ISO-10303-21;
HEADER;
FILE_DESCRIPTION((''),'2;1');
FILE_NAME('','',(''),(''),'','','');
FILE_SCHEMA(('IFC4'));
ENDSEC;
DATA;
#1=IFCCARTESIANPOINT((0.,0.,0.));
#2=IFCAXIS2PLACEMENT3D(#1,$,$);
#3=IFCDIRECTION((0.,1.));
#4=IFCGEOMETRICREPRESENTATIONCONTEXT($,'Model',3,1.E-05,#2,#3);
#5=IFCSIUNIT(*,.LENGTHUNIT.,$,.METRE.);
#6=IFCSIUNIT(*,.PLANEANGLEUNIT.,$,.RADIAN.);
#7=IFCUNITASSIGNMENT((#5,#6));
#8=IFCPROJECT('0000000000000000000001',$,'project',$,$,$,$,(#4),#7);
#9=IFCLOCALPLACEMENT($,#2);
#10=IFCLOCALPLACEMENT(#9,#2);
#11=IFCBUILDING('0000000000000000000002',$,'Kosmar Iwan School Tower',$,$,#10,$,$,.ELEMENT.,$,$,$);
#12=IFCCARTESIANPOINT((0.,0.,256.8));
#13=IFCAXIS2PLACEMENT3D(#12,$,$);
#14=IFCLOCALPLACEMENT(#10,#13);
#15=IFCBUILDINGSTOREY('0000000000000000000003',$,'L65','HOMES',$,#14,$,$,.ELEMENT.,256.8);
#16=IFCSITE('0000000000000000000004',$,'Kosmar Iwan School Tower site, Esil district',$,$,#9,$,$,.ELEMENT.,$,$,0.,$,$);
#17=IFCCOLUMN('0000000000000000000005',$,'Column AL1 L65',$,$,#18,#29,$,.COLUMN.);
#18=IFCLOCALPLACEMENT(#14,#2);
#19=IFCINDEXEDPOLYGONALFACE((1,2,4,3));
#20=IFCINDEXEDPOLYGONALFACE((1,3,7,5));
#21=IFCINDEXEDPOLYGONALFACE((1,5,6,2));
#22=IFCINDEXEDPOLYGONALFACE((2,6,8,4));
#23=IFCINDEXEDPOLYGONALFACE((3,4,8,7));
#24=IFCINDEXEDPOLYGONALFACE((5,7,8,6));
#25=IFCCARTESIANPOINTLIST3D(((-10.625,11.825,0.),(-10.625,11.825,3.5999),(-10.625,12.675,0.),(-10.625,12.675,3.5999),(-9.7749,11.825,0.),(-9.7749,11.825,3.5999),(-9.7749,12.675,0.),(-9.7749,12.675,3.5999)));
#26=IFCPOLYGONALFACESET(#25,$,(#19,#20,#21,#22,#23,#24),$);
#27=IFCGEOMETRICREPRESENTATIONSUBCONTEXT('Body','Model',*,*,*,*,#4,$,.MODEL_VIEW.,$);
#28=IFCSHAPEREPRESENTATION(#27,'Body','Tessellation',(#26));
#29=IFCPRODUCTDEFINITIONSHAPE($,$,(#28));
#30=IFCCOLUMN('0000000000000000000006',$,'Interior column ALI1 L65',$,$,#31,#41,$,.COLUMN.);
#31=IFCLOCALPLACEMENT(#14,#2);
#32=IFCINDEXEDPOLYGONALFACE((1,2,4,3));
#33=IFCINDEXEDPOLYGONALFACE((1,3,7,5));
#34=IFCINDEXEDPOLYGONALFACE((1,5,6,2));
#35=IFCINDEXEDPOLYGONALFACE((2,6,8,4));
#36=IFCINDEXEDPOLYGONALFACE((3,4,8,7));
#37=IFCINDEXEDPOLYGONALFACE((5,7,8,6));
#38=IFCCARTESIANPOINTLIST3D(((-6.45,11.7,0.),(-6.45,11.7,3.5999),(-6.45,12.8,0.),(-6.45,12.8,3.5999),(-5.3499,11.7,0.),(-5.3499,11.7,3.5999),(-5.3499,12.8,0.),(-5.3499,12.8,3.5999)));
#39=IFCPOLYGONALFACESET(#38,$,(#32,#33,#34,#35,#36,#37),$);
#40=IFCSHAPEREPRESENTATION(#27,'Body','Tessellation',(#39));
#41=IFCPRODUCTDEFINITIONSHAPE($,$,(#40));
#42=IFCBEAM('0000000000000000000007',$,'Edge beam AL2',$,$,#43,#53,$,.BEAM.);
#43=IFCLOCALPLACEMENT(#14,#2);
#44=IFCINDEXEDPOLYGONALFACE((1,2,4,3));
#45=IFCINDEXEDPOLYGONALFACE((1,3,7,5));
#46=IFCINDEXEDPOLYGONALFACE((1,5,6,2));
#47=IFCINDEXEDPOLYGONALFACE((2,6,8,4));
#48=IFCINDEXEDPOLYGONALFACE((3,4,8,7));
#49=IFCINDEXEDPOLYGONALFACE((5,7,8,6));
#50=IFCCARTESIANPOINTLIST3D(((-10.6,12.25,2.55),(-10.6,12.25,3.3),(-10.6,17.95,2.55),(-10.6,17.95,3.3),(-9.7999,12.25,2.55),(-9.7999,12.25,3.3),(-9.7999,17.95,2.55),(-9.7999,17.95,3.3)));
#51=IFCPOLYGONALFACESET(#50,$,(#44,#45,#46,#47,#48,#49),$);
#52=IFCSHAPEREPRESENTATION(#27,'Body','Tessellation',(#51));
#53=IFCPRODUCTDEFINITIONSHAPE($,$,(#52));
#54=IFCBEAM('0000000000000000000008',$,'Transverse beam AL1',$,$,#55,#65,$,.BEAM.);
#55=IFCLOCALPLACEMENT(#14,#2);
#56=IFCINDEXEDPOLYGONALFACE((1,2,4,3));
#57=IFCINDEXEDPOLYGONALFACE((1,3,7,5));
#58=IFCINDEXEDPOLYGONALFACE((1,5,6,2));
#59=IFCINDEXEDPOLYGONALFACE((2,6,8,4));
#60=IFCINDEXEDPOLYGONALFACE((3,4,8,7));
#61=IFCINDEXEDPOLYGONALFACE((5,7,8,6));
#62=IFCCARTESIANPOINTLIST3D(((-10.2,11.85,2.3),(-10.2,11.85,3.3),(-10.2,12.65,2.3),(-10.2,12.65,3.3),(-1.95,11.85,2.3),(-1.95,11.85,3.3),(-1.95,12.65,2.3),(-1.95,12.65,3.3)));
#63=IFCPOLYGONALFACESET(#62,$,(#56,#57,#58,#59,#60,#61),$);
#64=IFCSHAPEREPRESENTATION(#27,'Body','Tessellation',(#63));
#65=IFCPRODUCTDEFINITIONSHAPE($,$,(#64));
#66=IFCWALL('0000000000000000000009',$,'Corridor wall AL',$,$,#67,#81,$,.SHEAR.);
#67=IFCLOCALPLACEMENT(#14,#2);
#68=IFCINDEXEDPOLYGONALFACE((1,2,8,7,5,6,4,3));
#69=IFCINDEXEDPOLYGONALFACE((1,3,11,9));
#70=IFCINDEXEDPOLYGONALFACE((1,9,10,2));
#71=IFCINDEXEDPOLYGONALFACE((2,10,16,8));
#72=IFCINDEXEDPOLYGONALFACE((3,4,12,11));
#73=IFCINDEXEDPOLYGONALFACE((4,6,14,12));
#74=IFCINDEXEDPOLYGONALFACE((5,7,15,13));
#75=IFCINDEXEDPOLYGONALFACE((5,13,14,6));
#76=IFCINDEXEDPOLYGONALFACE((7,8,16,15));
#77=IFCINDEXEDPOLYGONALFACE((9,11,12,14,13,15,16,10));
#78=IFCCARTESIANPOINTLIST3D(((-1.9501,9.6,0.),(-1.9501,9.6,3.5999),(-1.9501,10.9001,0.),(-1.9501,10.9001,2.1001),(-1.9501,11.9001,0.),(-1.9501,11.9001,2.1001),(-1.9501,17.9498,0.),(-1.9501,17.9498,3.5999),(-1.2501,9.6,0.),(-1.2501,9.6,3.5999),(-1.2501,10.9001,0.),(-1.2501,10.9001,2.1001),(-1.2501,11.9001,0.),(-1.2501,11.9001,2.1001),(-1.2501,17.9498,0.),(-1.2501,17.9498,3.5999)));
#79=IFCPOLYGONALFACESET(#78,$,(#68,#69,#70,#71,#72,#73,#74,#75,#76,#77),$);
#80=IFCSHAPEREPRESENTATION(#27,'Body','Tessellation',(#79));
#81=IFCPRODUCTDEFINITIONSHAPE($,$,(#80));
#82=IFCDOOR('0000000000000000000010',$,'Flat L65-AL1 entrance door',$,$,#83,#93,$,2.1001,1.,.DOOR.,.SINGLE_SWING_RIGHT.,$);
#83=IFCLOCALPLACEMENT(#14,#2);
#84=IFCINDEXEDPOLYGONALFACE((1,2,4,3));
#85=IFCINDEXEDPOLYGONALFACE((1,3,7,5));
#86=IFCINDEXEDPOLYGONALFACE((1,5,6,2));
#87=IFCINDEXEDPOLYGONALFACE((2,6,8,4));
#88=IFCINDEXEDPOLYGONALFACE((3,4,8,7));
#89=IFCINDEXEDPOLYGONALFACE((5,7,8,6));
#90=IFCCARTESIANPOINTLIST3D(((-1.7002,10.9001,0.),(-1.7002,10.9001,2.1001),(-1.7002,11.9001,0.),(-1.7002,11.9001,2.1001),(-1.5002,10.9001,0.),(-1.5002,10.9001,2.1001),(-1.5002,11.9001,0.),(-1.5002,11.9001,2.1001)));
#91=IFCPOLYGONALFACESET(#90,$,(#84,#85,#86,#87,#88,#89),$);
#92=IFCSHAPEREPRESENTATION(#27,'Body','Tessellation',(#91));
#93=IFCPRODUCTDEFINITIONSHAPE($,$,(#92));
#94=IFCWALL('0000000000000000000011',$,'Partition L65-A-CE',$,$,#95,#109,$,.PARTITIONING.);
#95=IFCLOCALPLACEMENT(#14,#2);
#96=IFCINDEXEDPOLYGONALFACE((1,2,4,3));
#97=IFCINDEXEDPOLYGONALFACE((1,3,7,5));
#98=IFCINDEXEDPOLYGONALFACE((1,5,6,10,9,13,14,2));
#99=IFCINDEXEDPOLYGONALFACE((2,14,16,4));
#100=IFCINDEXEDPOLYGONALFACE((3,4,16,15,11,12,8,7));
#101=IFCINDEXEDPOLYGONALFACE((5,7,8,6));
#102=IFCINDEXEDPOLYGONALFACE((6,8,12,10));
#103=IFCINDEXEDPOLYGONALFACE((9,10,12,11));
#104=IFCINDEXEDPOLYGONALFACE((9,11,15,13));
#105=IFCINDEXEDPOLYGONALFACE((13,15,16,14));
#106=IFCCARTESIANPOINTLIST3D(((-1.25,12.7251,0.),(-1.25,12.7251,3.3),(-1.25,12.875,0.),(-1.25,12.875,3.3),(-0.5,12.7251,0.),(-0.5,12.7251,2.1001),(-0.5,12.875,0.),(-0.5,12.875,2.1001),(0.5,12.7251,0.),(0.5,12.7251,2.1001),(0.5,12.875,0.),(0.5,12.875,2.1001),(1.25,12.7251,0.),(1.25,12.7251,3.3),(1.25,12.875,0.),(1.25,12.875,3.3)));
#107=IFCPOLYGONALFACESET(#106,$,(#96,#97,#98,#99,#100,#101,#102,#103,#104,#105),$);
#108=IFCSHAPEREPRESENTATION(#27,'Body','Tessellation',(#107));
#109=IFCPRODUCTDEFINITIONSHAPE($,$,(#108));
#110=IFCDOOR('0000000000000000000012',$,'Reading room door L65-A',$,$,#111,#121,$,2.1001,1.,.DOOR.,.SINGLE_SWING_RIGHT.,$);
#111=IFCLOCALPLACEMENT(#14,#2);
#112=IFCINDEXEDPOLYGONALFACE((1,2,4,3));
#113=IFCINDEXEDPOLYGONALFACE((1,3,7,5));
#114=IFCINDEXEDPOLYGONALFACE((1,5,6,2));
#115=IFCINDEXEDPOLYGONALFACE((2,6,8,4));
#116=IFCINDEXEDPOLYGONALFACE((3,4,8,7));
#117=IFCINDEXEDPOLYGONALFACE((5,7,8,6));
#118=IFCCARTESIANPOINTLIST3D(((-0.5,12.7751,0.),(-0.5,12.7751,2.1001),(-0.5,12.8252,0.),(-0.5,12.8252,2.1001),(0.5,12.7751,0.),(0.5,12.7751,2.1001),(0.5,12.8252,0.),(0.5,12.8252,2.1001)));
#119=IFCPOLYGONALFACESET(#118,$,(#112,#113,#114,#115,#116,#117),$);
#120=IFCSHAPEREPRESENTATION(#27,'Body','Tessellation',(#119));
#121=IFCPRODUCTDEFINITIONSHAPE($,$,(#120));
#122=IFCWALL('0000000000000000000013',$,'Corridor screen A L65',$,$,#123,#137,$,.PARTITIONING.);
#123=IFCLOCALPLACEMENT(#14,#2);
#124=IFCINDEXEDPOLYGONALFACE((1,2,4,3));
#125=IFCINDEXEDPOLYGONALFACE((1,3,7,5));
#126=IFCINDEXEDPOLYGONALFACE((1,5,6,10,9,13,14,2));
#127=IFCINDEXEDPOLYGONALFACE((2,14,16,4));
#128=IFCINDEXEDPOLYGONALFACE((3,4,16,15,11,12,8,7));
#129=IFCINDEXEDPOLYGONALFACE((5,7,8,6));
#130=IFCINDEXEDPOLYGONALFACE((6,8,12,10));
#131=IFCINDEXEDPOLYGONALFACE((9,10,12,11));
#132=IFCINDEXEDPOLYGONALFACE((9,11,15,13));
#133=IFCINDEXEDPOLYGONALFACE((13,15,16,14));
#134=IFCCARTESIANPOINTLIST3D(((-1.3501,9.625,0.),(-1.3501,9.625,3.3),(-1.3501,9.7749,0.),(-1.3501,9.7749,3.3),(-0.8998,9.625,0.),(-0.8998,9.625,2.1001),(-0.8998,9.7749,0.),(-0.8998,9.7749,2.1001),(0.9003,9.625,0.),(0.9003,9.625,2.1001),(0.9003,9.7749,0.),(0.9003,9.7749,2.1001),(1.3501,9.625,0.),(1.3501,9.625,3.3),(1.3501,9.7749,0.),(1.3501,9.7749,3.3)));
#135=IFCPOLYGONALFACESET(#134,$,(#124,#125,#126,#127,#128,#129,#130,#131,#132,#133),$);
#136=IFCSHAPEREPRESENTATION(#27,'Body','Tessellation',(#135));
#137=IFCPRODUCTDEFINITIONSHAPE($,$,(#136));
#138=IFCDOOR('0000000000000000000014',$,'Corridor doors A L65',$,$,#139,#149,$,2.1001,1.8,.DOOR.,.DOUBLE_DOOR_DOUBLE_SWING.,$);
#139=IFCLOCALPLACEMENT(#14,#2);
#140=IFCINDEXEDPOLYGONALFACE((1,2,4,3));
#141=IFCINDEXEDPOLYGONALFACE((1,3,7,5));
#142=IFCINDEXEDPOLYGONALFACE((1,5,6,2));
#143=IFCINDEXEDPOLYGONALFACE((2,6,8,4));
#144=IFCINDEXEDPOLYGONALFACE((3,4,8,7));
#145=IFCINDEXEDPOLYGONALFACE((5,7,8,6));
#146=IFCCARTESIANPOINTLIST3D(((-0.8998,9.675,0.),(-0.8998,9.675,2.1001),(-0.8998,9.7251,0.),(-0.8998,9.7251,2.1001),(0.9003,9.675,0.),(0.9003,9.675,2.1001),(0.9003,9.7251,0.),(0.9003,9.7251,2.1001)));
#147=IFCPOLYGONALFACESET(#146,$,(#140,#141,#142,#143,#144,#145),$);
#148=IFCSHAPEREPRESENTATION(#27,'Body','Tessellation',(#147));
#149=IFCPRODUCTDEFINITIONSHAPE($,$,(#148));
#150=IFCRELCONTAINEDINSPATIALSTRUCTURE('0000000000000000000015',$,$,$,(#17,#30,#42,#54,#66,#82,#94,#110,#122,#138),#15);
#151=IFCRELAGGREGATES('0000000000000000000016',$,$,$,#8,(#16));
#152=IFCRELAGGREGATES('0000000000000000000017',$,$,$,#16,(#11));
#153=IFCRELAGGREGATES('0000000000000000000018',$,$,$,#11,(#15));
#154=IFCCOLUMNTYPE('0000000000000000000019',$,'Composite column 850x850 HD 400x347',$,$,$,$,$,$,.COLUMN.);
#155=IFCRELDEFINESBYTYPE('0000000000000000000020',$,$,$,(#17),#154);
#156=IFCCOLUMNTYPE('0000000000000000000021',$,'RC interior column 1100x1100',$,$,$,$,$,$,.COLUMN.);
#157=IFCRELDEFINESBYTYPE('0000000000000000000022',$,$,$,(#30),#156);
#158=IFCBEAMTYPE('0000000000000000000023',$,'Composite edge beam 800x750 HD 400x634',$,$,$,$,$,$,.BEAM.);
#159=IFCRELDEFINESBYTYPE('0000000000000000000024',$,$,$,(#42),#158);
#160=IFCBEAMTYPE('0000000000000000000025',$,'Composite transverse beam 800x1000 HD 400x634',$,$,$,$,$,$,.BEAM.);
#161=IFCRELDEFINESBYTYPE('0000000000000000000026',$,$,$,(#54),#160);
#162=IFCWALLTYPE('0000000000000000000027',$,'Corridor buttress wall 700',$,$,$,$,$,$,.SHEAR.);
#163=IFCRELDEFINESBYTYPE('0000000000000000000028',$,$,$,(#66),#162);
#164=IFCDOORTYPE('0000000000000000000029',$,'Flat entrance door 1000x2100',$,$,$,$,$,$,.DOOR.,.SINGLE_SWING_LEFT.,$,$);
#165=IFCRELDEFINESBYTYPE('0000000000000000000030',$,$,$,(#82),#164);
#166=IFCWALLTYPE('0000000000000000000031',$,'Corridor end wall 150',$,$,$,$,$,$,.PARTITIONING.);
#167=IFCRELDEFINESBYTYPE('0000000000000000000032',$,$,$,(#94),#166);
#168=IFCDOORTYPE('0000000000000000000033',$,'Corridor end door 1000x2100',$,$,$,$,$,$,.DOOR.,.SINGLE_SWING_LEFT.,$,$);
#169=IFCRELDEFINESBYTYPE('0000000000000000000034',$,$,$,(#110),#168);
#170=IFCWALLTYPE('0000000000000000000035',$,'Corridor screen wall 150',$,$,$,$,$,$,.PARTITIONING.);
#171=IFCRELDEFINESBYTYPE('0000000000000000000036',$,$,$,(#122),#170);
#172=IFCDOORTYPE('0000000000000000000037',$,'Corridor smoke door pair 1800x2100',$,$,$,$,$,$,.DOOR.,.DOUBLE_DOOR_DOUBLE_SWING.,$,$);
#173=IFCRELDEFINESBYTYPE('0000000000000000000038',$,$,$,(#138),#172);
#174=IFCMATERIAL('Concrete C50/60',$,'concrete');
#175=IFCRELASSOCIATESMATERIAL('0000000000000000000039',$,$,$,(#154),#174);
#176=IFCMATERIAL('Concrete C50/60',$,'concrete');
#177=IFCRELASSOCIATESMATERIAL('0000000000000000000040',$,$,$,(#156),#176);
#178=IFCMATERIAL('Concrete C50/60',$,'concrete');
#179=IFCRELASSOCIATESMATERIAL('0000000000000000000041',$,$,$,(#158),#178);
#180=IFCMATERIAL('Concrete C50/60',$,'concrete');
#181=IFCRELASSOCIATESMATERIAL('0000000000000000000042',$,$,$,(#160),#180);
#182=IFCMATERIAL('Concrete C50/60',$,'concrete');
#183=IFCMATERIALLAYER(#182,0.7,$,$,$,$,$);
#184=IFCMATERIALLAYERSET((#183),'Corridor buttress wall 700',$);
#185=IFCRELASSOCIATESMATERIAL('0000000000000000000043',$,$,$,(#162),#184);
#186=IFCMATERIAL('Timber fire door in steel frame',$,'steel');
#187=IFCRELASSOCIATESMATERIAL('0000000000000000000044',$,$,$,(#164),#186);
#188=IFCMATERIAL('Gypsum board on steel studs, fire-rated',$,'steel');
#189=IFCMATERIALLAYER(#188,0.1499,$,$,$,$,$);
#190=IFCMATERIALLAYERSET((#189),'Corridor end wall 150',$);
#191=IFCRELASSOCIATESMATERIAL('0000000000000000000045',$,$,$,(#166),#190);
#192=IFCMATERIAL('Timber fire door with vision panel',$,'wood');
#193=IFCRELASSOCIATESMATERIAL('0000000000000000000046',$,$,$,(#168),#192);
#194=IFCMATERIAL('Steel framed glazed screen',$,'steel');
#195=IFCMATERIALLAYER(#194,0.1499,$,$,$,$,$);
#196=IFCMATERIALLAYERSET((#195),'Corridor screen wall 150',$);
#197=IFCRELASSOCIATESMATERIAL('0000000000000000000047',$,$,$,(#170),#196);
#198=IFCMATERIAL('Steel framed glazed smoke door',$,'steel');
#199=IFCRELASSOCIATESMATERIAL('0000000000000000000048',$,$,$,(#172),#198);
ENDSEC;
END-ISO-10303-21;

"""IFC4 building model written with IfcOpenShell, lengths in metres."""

from ifc_helpers import new_model, si_unit, direction, frame, frame_2d, origin, origin_2d, place, context, subcontext, project, spatial, rectangle, extrude, material, layer, layer_set, material_profile, profile_set, type_object, element, fill, save


model = new_model("IFC4")

# Units and contexts
model_context = context("Model", 3, precision=1e-05, world=origin(), true_north=direction((0.0, 1.0)))
body_context = subcontext(model_context, "Body", "Model", "MODEL_VIEW")
ifc_project = project(units=[si_unit("LENGTHUNIT", "METRE"), si_unit("PLANEANGLEUNIT", "RADIAN")], contexts=[model_context])

# Site, building, storey
site_placement = place(None, origin())
site = spatial("IfcSite", under=ifc_project, at=site_placement, Name="Kosmar Iwan School Tower site, Esil district", CompositionType="ELEMENT", RefElevation=0.0)
building_placement = place(site_placement, origin())
building = spatial("IfcBuilding", under=site, at=building_placement, Name="Kosmar Iwan School Tower", CompositionType="ELEMENT")
storey_placement = place(building_placement, frame((0.0, 0.0, 256.8)))
storey = spatial("IfcBuildingStorey", under=building, at=storey_placement, Name="L65", Description="HOMES", CompositionType="ELEMENT", Elevation=256.8)

# Columns
ifc_material_1 = material(Name="Concrete C50/60", Category="concrete")
ifc_material_profile_1 = material_profile(ifc_material_1, rectangle(XDim=0.8501, YDim=0.8501, at=origin_2d()), Name="RC 850x850 + HD 400x347")
ifc_profile_set_1 = profile_set([ifc_material_profile_1], Name="Concrete C50/60")
column_type_1 = type_object("IfcColumnType", Name="Composite column 850x850 HD 400x347", PredefinedType="COLUMN", material=ifc_profile_set_1)
column_1_placement = place(storey_placement, frame((-10.2, 12.25, 0.0), z_axis=(0.0, 0.0, 1.0), x_axis=(0.0, 1.0, 0.0)))
element("IfcColumn", 1, at=column_1_placement, inside=storey, type_object=column_type_1, Name="Column AL1 L65", PredefinedType="COLUMN", context=body_context, shape_type="SweptSolid", body=[
    extrude(rectangle(XDim=0.8501, YDim=0.8501, at=origin_2d()), origin(), (0.0, 0.0, 1.0), 3.5999),
])
ifc_material_2 = material(Name="Concrete C50/60", Category="concrete")
ifc_material_profile_2 = material_profile(ifc_material_2, rectangle(XDim=1.1001, YDim=1.1001, at=origin_2d()), Name="RC 1100x1100")
ifc_profile_set_2 = profile_set([ifc_material_profile_2], Name="Concrete C50/60")
column_type_2 = type_object("IfcColumnType", Name="RC interior column 1100x1100", PredefinedType="COLUMN", material=ifc_profile_set_2)
column_2_placement = place(storey_placement, frame((-5.8999, 12.25, 0.0), z_axis=(0.0, 0.0, 1.0), x_axis=(0.0, 1.0, 0.0)))
element("IfcColumn", 2, at=column_2_placement, inside=storey, type_object=column_type_2, Name="Interior column ALI1 L65", PredefinedType="COLUMN", context=body_context, shape_type="SweptSolid", body=[
    extrude(rectangle(XDim=1.1001, YDim=1.1001, at=origin_2d()), origin(), (0.0, 0.0, 1.0), 3.5999),
])

# Beams
ifc_material_3 = material(Name="Concrete C50/60", Category="concrete")
ifc_material_profile_3 = material_profile(ifc_material_3, rectangle(XDim=0.8, YDim=0.75, at=origin_2d()), Name="RC 800x750 + HD 400x634")
ifc_profile_set_3 = profile_set([ifc_material_profile_3], Name="Concrete C50/60")
beam_type_1 = type_object("IfcBeamType", Name="Composite edge beam 800x750 HD 400x634", PredefinedType="BEAM", material=ifc_profile_set_3)
beam_1_placement = place(storey_placement, frame((-10.2, 12.25, 2.925), z_axis=(0.0, 1.0, 0.0), x_axis=(-1.0, 0.0, 0.0)))
element("IfcBeam", 3, at=beam_1_placement, inside=storey, type_object=beam_type_1, Name="Edge beam AL2", PredefinedType="BEAM", context=body_context, shape_type="SweptSolid", body=[
    extrude(rectangle(XDim=0.8, YDim=0.75, at=origin_2d()), origin(), (0.0, 0.0, 1.0), 5.7),
])
ifc_material_4 = material(Name="Concrete C50/60", Category="concrete")
ifc_material_profile_4 = material_profile(ifc_material_4, rectangle(XDim=0.8, YDim=1.0, at=origin_2d()), Name="RC 800x1000 + HD 400x634")
ifc_profile_set_4 = profile_set([ifc_material_profile_4], Name="Concrete C50/60")
beam_type_2 = type_object("IfcBeamType", Name="Composite transverse beam 800x1000 HD 400x634", PredefinedType="BEAM", material=ifc_profile_set_4)
beam_2_placement = place(storey_placement, frame((-10.2, 12.25, 2.8), z_axis=(1.0, 0.0, 0.0), x_axis=(0.0, 1.0, 0.0)))
element("IfcBeam", 4, at=beam_2_placement, inside=storey, type_object=beam_type_2, Name="Transverse beam AL1", PredefinedType="BEAM", context=body_context, shape_type="SweptSolid", body=[
    extrude(rectangle(XDim=0.8, YDim=1.0, at=origin_2d()), origin(), (0.0, 0.0, 1.0), 8.25),
])

# Walls, openings, doors
ifc_material_5 = material(Name="Concrete C50/60", Category="concrete")
ifc_layer_1 = layer(ifc_material_5, 0.7)
ifc_layer_set_1 = layer_set([ifc_layer_1], Name="Corridor buttress wall 700")
wall_type_1 = type_object("IfcWallType", Name="Corridor buttress wall 700", PredefinedType="SHEAR", material=ifc_layer_set_1)
wall_1_placement = place(storey_placement, frame((-1.6001, 9.6001, 0.0), z_axis=(0.0, 0.0, 1.0), x_axis=(0.0, 1.0, 0.0)))
wall_1 = element("IfcWall", 5, at=wall_1_placement, inside=storey, type_object=wall_type_1, Name="Corridor wall AL", PredefinedType="SHEAR", context=body_context, shape_type="SweptSolid", body=[
    extrude(rectangle(XDim=8.3499, YDim=0.7, at=frame_2d((4.1748, 0.0))), origin(), (0.0, 0.0, 1.0), 3.5999),
])
opening_1_placement = place(wall_1_placement, frame((1.3, 0.0, 0.0)))
opening_1 = element("IfcOpeningElement", 6, at=opening_1_placement, cuts=wall_1, PredefinedType="OPENING", context=body_context, shape_type="SweptSolid", body=[
    extrude(rectangle(XDim=1.0, YDim=2.1001, at=frame_2d((0.5, 1.05))), frame((0.0, 0.3621, 0.0), z_axis=(0.0, -1.0, 0.0), x_axis=(1.0, 0.0, 0.0)), (0.0, 0.0, 1.0), 0.7239),
])
ifc_material_6 = material(Name="Timber fire door in steel frame", Category="steel")
door_type_1 = type_object("IfcDoorType", Name="Flat entrance door 1000x2100", OperationType="SINGLE_SWING_LEFT", PredefinedType="DOOR", material=ifc_material_6)
door_1_placement = place(opening_1_placement, origin())
door_1 = element("IfcDoor", 7, at=door_1_placement, inside=storey, type_object=door_type_1, Name="Flat L65-AL1 entrance door", OperationType="SINGLE_SWING_RIGHT", OverallHeight=2.1001, OverallWidth=1.0, PredefinedType="DOOR", context=body_context, shape_type="SweptSolid", body=[
    extrude(rectangle(XDim=1.0, YDim=2.1001, at=frame_2d((0.5, 1.05))), frame((0.0, 0.1001, 0.0), z_axis=(0.0, -1.0, 0.0), x_axis=(1.0, 0.0, 0.0)), (0.0, 0.0, 1.0), 0.2),
])
fill(opening_1, door_1)
ifc_material_7 = material(Name="Gypsum board on steel studs, fire-rated", Category="steel")
ifc_layer_2 = layer(ifc_material_7, 0.1499)
ifc_layer_set_2 = layer_set([ifc_layer_2], Name="Corridor end wall 150")
wall_type_2 = type_object("IfcWallType", Name="Corridor end wall 150", PredefinedType="PARTITIONING", material=ifc_layer_set_2)
wall_2_placement = place(storey_placement, frame((1.25, 12.8, 0.0), z_axis=(0.0, 0.0, 1.0), x_axis=(-1.0, 0.0, 0.0)))
wall_2 = element("IfcWall", 8, at=wall_2_placement, inside=storey, type_object=wall_type_2, Name="Partition L65-A-CE", PredefinedType="PARTITIONING", context=body_context, shape_type="SweptSolid", body=[
    extrude(rectangle(XDim=2.5, YDim=0.1499, at=frame_2d((1.25, 0.0))), origin(), (0.0, 0.0, 1.0), 3.3),
])
opening_2_placement = place(wall_2_placement, frame((0.75, 0.0, 0.0)))
opening_2 = element("IfcOpeningElement", 9, at=opening_2_placement, cuts=wall_2, PredefinedType="OPENING", context=body_context, shape_type="SweptSolid", body=[
    extrude(rectangle(XDim=1.0, YDim=2.1001, at=frame_2d((0.5, 1.05))), frame((0.0, 0.0869, 0.0), z_axis=(0.0, -1.0, 0.0), x_axis=(1.0, 0.0, 0.0)), (0.0, 0.0, 1.0), 0.1738),
])
ifc_material_8 = material(Name="Timber fire door with vision panel", Category="wood")
door_type_2 = type_object("IfcDoorType", Name="Corridor end door 1000x2100", OperationType="SINGLE_SWING_LEFT", PredefinedType="DOOR", material=ifc_material_8)
door_2_placement = place(opening_2_placement, origin())
door_2 = element("IfcDoor", 10, at=door_2_placement, inside=storey, type_object=door_type_2, Name="Reading room door L65-A", OperationType="SINGLE_SWING_RIGHT", OverallHeight=2.1001, OverallWidth=1.0, PredefinedType="DOOR", context=body_context, shape_type="SweptSolid", body=[
    extrude(rectangle(XDim=1.0, YDim=2.1001, at=frame_2d((0.5, 1.05))), frame((0.0, 0.0249, 0.0), z_axis=(0.0, -1.0, 0.0), x_axis=(1.0, 0.0, 0.0)), (0.0, 0.0, 1.0), 0.05),
])
fill(opening_2, door_2)
ifc_material_9 = material(Name="Steel framed glazed screen", Category="steel")
ifc_layer_3 = layer(ifc_material_9, 0.1499)
ifc_layer_set_3 = layer_set([ifc_layer_3], Name="Corridor screen wall 150")
wall_type_3 = type_object("IfcWallType", Name="Corridor screen wall 150", PredefinedType="PARTITIONING", material=ifc_layer_set_3)
wall_3_placement = place(storey_placement, frame((1.3501, 9.7, 0.0), z_axis=(0.0, 0.0, 1.0), x_axis=(-1.0, 0.0, 0.0)))
wall_3 = element("IfcWall", 11, at=wall_3_placement, inside=storey, type_object=wall_type_3, Name="Corridor screen A L65", PredefinedType="PARTITIONING", context=body_context, shape_type="SweptSolid", body=[
    extrude(rectangle(XDim=2.7002, YDim=0.1499, at=frame_2d((1.3501, 0.0))), origin(), (0.0, 0.0, 1.0), 3.3),
])
opening_3_placement = place(wall_3_placement, frame((0.45, 0.0, 0.0)))
opening_3 = element("IfcOpeningElement", 12, at=opening_3_placement, cuts=wall_3, PredefinedType="OPENING", context=body_context, shape_type="SweptSolid", body=[
    extrude(rectangle(XDim=1.8, YDim=2.1001, at=frame_2d((0.8999, 1.05))), frame((0.0, 0.0869, 0.0), z_axis=(0.0, -1.0, 0.0), x_axis=(1.0, 0.0, 0.0)), (0.0, 0.0, 1.0), 0.1738),
])
ifc_material_10 = material(Name="Steel framed glazed smoke door", Category="steel")
door_type_3 = type_object("IfcDoorType", Name="Corridor smoke door pair 1800x2100", OperationType="DOUBLE_DOOR_DOUBLE_SWING", PredefinedType="DOOR", material=ifc_material_10)
door_3_placement = place(opening_3_placement, origin())
door_3 = element("IfcDoor", 13, at=door_3_placement, inside=storey, type_object=door_type_3, Name="Corridor doors A L65", OperationType="DOUBLE_DOOR_DOUBLE_SWING", OverallHeight=2.1001, OverallWidth=1.8, PredefinedType="DOOR", context=body_context, shape_type="SweptSolid", body=[
    extrude(rectangle(XDim=1.8, YDim=2.1001, at=frame_2d((0.8999, 1.05))), frame((0.0, 0.0249, 0.0), z_axis=(0.0, -1.0, 0.0), x_axis=(1.0, 0.0, 0.0)), (0.0, 0.0, 1.0), 0.05),
])
fill(opening_3, door_3)

save(model, "model.ifc")
